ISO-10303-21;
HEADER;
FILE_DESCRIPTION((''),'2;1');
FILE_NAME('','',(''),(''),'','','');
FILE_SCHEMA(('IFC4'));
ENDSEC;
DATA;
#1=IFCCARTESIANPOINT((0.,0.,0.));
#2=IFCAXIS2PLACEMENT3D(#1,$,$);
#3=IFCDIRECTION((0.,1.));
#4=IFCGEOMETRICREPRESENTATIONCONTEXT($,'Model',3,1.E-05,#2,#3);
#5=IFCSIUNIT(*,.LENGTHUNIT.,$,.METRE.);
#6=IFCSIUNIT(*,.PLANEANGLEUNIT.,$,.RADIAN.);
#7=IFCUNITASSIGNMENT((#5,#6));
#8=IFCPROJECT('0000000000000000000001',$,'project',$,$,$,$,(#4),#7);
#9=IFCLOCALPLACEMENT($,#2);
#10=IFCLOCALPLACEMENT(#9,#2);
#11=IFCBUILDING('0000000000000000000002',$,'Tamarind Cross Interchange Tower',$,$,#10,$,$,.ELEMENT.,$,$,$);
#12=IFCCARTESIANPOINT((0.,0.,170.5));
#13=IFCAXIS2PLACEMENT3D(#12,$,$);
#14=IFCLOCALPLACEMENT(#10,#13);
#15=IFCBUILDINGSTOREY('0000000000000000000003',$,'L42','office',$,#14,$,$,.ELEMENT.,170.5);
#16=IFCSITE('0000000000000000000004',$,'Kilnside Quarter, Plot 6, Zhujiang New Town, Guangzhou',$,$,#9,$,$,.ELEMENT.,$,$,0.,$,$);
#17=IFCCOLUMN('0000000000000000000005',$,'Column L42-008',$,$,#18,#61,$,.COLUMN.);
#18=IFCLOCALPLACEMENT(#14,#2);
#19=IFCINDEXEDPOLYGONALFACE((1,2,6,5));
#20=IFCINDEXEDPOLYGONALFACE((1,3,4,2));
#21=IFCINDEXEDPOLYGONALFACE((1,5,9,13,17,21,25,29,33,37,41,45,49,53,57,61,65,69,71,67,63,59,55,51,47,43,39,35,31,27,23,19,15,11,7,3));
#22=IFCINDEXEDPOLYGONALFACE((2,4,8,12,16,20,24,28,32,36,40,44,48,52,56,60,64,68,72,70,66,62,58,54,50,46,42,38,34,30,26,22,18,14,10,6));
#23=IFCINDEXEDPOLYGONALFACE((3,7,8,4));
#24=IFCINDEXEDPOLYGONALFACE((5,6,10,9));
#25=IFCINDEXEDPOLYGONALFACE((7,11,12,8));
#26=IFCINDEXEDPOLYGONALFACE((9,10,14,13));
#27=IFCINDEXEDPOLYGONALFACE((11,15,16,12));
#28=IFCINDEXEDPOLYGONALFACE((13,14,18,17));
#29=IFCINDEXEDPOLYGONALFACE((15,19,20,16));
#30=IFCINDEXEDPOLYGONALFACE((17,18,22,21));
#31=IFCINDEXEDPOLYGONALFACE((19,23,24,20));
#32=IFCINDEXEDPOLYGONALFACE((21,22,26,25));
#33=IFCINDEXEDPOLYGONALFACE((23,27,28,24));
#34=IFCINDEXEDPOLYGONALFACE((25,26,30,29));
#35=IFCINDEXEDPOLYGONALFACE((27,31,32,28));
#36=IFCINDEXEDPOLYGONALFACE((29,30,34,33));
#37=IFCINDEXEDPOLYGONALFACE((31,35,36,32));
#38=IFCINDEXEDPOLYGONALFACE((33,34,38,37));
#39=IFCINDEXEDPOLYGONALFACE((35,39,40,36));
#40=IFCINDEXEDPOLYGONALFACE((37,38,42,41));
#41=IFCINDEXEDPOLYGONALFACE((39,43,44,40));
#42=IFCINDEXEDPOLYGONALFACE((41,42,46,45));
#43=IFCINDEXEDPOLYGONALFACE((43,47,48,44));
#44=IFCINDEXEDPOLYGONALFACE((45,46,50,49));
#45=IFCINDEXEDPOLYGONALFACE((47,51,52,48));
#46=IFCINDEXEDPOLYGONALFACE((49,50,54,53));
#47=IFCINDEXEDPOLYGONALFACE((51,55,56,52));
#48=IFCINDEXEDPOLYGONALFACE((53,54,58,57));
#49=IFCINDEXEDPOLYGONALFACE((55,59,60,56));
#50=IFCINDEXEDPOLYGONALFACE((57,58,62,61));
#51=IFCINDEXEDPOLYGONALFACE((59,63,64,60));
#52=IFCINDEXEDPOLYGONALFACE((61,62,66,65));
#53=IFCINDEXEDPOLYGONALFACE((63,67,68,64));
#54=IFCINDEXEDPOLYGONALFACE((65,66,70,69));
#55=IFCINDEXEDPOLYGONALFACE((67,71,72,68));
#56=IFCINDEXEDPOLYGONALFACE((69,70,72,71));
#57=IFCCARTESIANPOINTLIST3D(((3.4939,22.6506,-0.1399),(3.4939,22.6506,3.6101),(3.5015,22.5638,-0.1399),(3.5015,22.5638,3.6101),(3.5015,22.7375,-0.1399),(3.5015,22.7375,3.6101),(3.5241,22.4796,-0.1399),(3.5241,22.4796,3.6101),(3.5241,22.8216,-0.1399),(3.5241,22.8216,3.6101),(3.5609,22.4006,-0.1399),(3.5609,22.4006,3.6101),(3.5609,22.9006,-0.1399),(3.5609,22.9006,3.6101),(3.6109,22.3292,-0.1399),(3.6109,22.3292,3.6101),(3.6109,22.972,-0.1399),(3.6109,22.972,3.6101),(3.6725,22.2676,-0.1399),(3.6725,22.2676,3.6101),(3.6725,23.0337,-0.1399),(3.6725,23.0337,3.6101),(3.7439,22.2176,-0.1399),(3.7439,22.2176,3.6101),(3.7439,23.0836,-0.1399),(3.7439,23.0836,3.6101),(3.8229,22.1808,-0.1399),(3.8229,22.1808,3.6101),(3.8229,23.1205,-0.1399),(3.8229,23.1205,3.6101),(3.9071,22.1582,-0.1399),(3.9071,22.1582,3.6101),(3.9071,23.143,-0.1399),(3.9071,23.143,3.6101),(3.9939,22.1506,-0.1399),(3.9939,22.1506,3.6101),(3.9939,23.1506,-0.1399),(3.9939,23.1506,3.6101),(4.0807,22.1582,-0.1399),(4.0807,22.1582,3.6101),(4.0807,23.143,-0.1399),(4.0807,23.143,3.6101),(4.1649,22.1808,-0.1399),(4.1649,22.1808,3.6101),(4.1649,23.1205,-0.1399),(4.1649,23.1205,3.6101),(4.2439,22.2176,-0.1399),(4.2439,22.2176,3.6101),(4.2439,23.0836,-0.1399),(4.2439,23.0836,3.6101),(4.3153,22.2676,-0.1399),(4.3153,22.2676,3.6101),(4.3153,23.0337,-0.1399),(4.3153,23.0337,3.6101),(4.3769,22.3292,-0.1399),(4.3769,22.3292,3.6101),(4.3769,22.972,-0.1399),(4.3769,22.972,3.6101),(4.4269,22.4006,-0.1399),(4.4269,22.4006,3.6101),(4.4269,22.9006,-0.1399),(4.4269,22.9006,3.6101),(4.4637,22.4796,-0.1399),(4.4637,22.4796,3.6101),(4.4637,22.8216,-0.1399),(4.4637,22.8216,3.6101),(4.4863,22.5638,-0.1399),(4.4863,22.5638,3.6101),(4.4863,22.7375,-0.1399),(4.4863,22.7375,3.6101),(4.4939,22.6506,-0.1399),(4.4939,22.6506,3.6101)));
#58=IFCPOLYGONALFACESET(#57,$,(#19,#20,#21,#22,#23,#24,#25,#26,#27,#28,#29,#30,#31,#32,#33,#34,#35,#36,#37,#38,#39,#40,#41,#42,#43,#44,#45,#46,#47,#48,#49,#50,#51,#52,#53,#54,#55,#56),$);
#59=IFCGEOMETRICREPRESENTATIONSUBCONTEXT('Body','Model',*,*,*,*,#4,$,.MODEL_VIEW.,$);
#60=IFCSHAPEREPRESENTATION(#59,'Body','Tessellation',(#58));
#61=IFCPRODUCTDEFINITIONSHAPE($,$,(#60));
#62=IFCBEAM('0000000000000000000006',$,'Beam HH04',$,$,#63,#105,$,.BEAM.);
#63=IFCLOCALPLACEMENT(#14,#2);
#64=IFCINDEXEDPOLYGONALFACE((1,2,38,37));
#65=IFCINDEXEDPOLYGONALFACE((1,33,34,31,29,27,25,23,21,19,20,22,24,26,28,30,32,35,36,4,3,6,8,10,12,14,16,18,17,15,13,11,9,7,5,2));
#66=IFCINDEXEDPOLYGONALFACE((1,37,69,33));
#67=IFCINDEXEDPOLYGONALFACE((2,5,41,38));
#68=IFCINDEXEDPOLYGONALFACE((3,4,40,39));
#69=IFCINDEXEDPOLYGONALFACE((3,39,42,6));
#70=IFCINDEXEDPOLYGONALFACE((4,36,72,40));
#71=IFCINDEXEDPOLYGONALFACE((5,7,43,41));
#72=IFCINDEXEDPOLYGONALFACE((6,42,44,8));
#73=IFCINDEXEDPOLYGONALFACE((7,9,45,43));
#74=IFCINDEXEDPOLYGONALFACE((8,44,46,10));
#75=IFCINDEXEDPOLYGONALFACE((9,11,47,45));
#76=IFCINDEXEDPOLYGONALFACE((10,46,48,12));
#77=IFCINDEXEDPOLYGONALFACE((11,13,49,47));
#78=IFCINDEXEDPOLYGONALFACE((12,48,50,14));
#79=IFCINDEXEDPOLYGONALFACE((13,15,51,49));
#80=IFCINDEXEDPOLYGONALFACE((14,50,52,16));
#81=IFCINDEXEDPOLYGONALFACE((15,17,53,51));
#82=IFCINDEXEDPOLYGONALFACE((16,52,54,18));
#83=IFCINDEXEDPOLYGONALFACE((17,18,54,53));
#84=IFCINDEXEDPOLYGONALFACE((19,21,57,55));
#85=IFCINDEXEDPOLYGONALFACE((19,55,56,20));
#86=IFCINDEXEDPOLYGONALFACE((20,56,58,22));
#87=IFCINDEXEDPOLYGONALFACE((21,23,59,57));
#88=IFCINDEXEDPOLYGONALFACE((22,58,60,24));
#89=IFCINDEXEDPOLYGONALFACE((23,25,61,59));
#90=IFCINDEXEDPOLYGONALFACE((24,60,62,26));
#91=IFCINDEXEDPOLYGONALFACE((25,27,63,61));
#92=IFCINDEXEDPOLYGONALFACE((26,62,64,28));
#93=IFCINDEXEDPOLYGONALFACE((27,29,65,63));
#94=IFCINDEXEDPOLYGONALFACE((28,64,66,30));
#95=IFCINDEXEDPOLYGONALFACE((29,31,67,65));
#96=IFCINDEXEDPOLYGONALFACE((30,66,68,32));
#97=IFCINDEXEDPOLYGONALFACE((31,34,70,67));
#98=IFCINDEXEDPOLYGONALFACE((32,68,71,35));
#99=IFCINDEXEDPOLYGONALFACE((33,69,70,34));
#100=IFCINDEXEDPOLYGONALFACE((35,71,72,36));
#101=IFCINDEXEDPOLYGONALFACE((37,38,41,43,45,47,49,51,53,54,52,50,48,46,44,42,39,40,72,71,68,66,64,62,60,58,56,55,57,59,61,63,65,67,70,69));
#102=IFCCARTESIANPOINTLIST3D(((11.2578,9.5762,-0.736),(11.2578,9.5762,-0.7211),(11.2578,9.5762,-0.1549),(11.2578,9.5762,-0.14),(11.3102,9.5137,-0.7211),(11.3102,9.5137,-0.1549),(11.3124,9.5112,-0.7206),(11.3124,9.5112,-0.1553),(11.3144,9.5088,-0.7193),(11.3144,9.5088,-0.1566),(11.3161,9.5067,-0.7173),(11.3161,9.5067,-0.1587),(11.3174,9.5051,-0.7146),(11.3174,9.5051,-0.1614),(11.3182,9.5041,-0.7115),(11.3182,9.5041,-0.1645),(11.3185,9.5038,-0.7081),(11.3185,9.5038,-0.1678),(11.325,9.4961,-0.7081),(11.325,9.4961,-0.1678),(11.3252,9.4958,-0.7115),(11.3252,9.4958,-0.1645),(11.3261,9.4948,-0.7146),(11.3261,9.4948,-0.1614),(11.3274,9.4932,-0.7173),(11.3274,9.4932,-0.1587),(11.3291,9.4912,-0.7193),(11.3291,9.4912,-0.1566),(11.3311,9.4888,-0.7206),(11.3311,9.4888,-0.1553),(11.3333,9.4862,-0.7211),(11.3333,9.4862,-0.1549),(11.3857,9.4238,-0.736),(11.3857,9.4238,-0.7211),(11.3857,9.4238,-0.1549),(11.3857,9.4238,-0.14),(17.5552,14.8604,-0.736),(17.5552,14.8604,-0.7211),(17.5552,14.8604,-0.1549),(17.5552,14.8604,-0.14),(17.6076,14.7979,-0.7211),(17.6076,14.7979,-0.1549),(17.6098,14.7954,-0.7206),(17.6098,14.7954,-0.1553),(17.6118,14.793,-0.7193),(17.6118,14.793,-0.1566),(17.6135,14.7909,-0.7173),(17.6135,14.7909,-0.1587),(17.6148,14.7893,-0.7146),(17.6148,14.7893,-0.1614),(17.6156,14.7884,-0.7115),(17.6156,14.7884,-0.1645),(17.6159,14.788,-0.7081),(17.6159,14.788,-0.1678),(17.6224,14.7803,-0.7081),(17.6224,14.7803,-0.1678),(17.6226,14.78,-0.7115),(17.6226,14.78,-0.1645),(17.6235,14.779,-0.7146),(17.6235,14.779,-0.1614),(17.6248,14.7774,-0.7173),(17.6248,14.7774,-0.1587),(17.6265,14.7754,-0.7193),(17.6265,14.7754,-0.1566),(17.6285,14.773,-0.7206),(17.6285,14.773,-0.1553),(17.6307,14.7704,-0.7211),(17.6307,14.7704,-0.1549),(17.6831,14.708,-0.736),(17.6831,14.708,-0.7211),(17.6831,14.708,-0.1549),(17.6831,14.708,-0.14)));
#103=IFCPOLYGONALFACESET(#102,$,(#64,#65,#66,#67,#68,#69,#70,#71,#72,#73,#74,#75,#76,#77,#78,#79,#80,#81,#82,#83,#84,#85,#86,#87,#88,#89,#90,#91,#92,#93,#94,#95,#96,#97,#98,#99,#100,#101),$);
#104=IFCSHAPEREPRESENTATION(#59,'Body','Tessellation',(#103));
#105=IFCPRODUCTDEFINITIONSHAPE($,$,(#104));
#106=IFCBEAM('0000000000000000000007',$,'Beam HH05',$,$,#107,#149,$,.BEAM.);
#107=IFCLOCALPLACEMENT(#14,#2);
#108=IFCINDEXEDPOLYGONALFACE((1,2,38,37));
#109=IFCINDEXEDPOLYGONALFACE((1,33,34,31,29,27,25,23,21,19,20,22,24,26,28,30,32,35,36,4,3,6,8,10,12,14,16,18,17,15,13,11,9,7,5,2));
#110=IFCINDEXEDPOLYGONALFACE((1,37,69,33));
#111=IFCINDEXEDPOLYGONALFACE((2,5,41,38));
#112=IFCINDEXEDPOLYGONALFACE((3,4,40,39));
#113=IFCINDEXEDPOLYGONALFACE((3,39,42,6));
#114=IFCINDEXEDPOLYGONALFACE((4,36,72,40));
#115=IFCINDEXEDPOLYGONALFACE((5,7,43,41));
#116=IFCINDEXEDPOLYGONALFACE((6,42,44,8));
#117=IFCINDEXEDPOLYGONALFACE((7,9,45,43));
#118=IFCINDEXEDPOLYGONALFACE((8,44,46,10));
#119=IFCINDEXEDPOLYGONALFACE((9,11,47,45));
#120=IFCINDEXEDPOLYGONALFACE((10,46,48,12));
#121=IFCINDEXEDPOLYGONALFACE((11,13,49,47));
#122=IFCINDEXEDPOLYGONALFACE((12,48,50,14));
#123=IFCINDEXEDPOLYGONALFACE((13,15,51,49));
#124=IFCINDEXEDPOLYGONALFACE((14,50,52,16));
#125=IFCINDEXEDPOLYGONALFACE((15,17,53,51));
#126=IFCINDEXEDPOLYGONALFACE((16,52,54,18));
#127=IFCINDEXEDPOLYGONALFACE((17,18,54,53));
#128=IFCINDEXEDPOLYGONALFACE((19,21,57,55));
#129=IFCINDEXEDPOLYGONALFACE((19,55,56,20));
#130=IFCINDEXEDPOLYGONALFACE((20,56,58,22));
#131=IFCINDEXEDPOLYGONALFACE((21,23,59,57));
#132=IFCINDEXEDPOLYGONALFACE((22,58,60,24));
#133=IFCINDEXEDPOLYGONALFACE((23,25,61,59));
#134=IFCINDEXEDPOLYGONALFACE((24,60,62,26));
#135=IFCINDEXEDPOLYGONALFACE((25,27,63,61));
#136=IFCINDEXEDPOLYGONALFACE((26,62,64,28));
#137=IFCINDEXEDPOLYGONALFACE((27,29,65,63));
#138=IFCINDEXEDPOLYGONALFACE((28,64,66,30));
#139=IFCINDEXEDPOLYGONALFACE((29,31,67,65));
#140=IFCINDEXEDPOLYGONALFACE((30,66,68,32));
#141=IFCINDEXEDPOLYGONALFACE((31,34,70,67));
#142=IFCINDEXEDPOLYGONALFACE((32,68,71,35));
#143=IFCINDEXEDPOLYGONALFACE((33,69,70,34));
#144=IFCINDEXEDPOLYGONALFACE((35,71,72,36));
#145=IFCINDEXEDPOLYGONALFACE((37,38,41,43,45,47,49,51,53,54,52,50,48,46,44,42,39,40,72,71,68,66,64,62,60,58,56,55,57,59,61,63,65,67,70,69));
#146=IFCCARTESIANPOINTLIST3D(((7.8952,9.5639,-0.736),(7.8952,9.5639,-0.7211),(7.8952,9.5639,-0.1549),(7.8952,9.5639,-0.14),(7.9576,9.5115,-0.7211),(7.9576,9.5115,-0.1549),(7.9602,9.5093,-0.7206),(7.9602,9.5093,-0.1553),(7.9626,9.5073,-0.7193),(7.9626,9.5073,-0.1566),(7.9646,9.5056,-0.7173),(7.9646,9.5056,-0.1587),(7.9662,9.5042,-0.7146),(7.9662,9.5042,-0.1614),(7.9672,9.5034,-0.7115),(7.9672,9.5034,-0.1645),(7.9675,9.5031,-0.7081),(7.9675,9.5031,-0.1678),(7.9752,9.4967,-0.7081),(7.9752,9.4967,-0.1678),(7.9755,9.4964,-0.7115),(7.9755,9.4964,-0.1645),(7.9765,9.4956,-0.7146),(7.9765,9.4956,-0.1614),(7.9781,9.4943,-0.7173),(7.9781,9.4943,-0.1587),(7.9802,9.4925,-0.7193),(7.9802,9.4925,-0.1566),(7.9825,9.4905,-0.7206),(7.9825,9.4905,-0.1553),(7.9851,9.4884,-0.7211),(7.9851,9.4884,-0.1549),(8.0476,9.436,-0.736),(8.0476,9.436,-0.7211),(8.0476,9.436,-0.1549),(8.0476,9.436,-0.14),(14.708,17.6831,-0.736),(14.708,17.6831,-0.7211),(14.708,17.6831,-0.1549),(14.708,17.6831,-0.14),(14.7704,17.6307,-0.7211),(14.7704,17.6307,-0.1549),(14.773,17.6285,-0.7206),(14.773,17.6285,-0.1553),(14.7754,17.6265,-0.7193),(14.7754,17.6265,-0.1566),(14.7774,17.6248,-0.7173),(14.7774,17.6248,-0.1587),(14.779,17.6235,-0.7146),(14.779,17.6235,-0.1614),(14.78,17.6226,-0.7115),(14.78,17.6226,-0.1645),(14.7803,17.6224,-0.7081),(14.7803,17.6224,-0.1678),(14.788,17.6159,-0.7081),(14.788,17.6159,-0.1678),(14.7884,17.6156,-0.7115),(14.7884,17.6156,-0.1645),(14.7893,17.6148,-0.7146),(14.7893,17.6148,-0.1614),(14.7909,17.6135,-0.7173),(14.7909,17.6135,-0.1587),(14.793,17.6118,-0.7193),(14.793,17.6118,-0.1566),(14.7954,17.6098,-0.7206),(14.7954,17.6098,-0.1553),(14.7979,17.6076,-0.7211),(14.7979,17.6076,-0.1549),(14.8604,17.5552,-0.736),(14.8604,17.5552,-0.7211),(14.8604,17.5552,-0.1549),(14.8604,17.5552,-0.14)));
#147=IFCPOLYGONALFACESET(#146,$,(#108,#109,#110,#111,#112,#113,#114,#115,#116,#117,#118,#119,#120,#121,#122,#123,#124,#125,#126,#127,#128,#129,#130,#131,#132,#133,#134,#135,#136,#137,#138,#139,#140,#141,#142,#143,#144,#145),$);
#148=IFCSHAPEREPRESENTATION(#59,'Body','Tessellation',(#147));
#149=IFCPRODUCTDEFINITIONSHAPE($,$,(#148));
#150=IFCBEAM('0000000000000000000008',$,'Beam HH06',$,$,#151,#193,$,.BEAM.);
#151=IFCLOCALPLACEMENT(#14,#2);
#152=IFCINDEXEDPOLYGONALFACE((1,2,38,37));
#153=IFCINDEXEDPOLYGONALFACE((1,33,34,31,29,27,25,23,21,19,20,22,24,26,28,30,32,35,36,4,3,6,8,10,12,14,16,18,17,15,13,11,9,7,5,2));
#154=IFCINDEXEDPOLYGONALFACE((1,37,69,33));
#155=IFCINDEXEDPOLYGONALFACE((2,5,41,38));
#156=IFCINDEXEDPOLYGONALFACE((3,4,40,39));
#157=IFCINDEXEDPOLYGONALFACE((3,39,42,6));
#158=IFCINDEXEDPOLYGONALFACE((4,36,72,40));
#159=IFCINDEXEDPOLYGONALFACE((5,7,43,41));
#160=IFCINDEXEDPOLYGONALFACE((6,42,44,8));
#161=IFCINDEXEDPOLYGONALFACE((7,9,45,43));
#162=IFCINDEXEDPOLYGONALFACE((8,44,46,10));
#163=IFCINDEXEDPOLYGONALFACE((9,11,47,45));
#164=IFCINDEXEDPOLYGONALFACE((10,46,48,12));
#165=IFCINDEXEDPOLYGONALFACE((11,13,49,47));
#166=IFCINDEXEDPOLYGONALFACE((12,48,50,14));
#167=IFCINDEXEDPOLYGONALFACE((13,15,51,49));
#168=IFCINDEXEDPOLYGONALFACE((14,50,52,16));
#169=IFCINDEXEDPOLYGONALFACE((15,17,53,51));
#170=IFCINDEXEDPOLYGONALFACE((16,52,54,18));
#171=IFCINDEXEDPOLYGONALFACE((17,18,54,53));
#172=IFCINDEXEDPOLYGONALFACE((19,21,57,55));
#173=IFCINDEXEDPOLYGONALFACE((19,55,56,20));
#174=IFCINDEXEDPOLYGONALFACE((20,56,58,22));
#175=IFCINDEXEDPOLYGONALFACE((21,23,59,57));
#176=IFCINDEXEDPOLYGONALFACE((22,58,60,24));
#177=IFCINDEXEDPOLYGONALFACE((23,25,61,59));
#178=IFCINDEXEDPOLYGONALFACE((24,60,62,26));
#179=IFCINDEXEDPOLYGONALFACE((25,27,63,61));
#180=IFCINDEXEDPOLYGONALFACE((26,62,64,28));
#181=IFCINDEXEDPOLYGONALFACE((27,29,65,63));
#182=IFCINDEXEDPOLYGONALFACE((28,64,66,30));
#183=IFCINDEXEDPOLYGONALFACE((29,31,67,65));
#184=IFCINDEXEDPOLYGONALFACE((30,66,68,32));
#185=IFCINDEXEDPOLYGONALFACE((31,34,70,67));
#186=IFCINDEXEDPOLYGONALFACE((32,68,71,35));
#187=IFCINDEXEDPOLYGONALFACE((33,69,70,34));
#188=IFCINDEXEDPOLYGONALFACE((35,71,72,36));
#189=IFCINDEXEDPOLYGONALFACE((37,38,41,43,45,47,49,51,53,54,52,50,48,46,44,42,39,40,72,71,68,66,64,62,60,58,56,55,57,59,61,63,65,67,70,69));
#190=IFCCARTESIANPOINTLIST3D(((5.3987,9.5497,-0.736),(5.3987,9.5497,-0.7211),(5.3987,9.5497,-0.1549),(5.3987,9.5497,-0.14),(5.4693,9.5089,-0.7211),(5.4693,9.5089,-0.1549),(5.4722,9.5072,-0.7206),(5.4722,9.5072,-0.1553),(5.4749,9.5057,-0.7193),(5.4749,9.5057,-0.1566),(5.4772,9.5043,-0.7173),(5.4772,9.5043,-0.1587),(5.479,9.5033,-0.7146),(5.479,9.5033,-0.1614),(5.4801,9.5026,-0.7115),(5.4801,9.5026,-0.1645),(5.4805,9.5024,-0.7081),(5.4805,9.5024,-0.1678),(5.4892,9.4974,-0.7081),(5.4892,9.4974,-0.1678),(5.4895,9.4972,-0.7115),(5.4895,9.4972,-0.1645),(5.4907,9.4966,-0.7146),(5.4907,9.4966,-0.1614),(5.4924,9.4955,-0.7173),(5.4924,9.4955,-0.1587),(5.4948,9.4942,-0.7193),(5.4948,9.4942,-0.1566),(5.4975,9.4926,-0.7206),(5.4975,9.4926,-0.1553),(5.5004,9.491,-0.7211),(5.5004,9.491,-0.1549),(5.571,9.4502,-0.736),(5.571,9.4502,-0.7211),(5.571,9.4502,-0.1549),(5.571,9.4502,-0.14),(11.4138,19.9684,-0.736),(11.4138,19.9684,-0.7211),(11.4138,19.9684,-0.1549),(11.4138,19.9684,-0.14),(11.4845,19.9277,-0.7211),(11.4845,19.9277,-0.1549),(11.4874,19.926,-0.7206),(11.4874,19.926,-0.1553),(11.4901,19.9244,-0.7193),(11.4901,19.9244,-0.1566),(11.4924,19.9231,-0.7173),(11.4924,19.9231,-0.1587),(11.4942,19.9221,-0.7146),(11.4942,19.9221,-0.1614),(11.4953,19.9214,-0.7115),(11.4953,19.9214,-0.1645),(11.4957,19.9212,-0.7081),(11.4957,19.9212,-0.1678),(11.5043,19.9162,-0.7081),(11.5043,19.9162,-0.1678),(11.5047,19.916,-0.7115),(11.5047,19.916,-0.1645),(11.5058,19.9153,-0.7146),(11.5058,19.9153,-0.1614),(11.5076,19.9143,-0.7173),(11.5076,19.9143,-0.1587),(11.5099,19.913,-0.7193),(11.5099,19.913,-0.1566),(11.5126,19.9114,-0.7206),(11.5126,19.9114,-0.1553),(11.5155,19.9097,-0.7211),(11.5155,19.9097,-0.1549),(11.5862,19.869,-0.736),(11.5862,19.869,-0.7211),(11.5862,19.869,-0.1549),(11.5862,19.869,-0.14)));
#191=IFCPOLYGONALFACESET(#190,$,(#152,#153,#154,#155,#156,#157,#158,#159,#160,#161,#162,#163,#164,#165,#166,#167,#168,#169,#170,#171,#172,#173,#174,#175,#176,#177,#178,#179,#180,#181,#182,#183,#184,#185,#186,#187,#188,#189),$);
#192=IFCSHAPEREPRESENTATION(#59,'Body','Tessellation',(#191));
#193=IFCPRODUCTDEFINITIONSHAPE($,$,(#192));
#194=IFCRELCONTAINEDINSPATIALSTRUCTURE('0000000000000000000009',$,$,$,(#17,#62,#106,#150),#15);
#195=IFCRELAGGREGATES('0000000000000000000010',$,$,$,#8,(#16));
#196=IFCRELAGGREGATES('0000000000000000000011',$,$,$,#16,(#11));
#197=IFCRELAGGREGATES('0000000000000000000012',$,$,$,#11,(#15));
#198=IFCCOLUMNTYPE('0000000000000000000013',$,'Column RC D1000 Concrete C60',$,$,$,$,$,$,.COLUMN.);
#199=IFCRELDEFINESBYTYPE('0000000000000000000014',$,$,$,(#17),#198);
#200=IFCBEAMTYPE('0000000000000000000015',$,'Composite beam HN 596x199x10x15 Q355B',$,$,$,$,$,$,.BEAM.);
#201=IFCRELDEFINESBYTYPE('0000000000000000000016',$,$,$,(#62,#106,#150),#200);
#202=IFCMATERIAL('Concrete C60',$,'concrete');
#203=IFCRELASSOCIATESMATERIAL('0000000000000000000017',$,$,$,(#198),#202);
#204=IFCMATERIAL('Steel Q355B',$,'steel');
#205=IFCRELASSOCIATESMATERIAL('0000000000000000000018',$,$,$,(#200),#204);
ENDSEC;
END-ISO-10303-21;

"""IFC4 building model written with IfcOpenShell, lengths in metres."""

from ifc_helpers import new_model, si_unit, direction, frame, origin, origin_2d, place, context, subcontext, project, spatial, circle, i_section, extrude, material, material_profile, profile_set, type_object, element, save


model = new_model("IFC4")

# Units and contexts
model_context = context("Model", 3, precision=1e-05, world=origin(), true_north=direction((0.0, 1.0)))
body_context = subcontext(model_context, "Body", "Model", "MODEL_VIEW")
ifc_project = project(units=[si_unit("LENGTHUNIT", "METRE"), si_unit("PLANEANGLEUNIT", "RADIAN")], contexts=[model_context])

# Site, building, storey
site_placement = place(None, origin())
site = spatial("IfcSite", under=ifc_project, at=site_placement, Name="Kilnside Quarter, Plot 6, Zhujiang New Town, Guangzhou", CompositionType="ELEMENT", RefElevation=0.0)
building_placement = place(site_placement, origin())
building = spatial("IfcBuilding", under=site, at=building_placement, Name="Tamarind Cross Interchange Tower", CompositionType="ELEMENT")
storey_placement = place(building_placement, frame((0.0, 0.0, 170.5)))
storey = spatial("IfcBuildingStorey", under=building, at=storey_placement, Name="L42", Description="office", CompositionType="ELEMENT", Elevation=170.5)

# Column
ifc_material_1 = material(Name="Concrete C60", Category="concrete")
ifc_material_profile_1 = material_profile(ifc_material_1, circle(Radius=0.5, at=origin_2d()), Name="RC D1000")
ifc_profile_set_1 = profile_set([ifc_material_profile_1], Name="Concrete C60")
column_type = type_object("IfcColumnType", Name="Column RC D1000 Concrete C60", PredefinedType="COLUMN", material=ifc_profile_set_1)
for number, where, z_axis, x_axis, name in (
    (1, (3.9939, 22.6506, -0.1399), (0.0, 0.0, 1.0), (1.0, 0.0, 0.0), "Column L42-008"),
):
    element("IfcColumn", number, at=place(storey_placement, frame(where, z_axis=z_axis, x_axis=x_axis)), inside=storey, type_object=column_type, Name=name, PredefinedType="COLUMN", context=body_context, shape_type="SweptSolid", body=[
        extrude(circle(Radius=0.5, at=origin_2d()), origin(), (0.0, 0.0, 1.0), 3.75),
    ])

# Beams
ifc_material_2 = material(Name="Steel Q355B", Category="steel")
ifc_material_profile_2 = material_profile(ifc_material_2, i_section(OverallWidth=0.199, OverallDepth=0.5959, WebThickness=0.01, FlangeThickness=0.0149, FilletRadius=0.0129, at=origin_2d()), Name="HN 596x199x10x15")
ifc_profile_set_2 = profile_set([ifc_material_profile_2], Name="Steel Q355B")
beam_type = type_object("IfcBeamType", Name="Composite beam HN 596x199x10x15 Q355B", PredefinedType="BEAM", material=ifc_profile_set_2)
beam_1_placement = place(storey_placement, frame((17.6191, 14.7842, -0.438), z_axis=(-0.766041, -0.642792, 0.0), x_axis=(0.642792, -0.766041, 0.0)))
element("IfcBeam", 2, at=beam_1_placement, inside=storey, type_object=beam_type, Name="Beam HH04", PredefinedType="BEAM", context=body_context, shape_type="SweptSolid", body=[
    extrude(i_section(OverallWidth=0.199, OverallDepth=0.5959, WebThickness=0.01, FlangeThickness=0.0149, FilletRadius=0.0129, at=origin_2d()), origin(), (0.0, 0.0, 1.0), 8.2207),
])
beam_2_placement = place(storey_placement, frame((14.7842, 17.6191, -0.438), z_axis=(-0.642786, -0.766046, 0.0), x_axis=(0.766046, -0.642786, 0.0)))
element("IfcBeam", 3, at=beam_2_placement, inside=storey, type_object=beam_type, Name="Beam HH05", PredefinedType="BEAM", context=body_context, shape_type="SweptSolid", body=[
    extrude(i_section(OverallWidth=0.199, OverallDepth=0.5959, WebThickness=0.01, FlangeThickness=0.0149, FilletRadius=0.0129, at=origin_2d()), origin(), (0.0, 0.0, 1.0), 10.5989),
])
beam_3_placement = place(storey_placement, frame((11.5, 19.9187, -0.438), z_axis=(-0.499994, -0.866029, 0.0), x_axis=(0.866029, -0.499994, 0.0)))
element("IfcBeam", 4, at=beam_3_placement, inside=storey, type_object=beam_type, Name="Beam HH06", PredefinedType="BEAM", context=body_context, shape_type="SweptSolid", body=[
    extrude(i_section(OverallWidth=0.199, OverallDepth=0.5959, WebThickness=0.01, FlangeThickness=0.0149, FilletRadius=0.0129, at=origin_2d()), origin(), (0.0, 0.0, 1.0), 12.0305),
])

save(model, "model.ifc")
